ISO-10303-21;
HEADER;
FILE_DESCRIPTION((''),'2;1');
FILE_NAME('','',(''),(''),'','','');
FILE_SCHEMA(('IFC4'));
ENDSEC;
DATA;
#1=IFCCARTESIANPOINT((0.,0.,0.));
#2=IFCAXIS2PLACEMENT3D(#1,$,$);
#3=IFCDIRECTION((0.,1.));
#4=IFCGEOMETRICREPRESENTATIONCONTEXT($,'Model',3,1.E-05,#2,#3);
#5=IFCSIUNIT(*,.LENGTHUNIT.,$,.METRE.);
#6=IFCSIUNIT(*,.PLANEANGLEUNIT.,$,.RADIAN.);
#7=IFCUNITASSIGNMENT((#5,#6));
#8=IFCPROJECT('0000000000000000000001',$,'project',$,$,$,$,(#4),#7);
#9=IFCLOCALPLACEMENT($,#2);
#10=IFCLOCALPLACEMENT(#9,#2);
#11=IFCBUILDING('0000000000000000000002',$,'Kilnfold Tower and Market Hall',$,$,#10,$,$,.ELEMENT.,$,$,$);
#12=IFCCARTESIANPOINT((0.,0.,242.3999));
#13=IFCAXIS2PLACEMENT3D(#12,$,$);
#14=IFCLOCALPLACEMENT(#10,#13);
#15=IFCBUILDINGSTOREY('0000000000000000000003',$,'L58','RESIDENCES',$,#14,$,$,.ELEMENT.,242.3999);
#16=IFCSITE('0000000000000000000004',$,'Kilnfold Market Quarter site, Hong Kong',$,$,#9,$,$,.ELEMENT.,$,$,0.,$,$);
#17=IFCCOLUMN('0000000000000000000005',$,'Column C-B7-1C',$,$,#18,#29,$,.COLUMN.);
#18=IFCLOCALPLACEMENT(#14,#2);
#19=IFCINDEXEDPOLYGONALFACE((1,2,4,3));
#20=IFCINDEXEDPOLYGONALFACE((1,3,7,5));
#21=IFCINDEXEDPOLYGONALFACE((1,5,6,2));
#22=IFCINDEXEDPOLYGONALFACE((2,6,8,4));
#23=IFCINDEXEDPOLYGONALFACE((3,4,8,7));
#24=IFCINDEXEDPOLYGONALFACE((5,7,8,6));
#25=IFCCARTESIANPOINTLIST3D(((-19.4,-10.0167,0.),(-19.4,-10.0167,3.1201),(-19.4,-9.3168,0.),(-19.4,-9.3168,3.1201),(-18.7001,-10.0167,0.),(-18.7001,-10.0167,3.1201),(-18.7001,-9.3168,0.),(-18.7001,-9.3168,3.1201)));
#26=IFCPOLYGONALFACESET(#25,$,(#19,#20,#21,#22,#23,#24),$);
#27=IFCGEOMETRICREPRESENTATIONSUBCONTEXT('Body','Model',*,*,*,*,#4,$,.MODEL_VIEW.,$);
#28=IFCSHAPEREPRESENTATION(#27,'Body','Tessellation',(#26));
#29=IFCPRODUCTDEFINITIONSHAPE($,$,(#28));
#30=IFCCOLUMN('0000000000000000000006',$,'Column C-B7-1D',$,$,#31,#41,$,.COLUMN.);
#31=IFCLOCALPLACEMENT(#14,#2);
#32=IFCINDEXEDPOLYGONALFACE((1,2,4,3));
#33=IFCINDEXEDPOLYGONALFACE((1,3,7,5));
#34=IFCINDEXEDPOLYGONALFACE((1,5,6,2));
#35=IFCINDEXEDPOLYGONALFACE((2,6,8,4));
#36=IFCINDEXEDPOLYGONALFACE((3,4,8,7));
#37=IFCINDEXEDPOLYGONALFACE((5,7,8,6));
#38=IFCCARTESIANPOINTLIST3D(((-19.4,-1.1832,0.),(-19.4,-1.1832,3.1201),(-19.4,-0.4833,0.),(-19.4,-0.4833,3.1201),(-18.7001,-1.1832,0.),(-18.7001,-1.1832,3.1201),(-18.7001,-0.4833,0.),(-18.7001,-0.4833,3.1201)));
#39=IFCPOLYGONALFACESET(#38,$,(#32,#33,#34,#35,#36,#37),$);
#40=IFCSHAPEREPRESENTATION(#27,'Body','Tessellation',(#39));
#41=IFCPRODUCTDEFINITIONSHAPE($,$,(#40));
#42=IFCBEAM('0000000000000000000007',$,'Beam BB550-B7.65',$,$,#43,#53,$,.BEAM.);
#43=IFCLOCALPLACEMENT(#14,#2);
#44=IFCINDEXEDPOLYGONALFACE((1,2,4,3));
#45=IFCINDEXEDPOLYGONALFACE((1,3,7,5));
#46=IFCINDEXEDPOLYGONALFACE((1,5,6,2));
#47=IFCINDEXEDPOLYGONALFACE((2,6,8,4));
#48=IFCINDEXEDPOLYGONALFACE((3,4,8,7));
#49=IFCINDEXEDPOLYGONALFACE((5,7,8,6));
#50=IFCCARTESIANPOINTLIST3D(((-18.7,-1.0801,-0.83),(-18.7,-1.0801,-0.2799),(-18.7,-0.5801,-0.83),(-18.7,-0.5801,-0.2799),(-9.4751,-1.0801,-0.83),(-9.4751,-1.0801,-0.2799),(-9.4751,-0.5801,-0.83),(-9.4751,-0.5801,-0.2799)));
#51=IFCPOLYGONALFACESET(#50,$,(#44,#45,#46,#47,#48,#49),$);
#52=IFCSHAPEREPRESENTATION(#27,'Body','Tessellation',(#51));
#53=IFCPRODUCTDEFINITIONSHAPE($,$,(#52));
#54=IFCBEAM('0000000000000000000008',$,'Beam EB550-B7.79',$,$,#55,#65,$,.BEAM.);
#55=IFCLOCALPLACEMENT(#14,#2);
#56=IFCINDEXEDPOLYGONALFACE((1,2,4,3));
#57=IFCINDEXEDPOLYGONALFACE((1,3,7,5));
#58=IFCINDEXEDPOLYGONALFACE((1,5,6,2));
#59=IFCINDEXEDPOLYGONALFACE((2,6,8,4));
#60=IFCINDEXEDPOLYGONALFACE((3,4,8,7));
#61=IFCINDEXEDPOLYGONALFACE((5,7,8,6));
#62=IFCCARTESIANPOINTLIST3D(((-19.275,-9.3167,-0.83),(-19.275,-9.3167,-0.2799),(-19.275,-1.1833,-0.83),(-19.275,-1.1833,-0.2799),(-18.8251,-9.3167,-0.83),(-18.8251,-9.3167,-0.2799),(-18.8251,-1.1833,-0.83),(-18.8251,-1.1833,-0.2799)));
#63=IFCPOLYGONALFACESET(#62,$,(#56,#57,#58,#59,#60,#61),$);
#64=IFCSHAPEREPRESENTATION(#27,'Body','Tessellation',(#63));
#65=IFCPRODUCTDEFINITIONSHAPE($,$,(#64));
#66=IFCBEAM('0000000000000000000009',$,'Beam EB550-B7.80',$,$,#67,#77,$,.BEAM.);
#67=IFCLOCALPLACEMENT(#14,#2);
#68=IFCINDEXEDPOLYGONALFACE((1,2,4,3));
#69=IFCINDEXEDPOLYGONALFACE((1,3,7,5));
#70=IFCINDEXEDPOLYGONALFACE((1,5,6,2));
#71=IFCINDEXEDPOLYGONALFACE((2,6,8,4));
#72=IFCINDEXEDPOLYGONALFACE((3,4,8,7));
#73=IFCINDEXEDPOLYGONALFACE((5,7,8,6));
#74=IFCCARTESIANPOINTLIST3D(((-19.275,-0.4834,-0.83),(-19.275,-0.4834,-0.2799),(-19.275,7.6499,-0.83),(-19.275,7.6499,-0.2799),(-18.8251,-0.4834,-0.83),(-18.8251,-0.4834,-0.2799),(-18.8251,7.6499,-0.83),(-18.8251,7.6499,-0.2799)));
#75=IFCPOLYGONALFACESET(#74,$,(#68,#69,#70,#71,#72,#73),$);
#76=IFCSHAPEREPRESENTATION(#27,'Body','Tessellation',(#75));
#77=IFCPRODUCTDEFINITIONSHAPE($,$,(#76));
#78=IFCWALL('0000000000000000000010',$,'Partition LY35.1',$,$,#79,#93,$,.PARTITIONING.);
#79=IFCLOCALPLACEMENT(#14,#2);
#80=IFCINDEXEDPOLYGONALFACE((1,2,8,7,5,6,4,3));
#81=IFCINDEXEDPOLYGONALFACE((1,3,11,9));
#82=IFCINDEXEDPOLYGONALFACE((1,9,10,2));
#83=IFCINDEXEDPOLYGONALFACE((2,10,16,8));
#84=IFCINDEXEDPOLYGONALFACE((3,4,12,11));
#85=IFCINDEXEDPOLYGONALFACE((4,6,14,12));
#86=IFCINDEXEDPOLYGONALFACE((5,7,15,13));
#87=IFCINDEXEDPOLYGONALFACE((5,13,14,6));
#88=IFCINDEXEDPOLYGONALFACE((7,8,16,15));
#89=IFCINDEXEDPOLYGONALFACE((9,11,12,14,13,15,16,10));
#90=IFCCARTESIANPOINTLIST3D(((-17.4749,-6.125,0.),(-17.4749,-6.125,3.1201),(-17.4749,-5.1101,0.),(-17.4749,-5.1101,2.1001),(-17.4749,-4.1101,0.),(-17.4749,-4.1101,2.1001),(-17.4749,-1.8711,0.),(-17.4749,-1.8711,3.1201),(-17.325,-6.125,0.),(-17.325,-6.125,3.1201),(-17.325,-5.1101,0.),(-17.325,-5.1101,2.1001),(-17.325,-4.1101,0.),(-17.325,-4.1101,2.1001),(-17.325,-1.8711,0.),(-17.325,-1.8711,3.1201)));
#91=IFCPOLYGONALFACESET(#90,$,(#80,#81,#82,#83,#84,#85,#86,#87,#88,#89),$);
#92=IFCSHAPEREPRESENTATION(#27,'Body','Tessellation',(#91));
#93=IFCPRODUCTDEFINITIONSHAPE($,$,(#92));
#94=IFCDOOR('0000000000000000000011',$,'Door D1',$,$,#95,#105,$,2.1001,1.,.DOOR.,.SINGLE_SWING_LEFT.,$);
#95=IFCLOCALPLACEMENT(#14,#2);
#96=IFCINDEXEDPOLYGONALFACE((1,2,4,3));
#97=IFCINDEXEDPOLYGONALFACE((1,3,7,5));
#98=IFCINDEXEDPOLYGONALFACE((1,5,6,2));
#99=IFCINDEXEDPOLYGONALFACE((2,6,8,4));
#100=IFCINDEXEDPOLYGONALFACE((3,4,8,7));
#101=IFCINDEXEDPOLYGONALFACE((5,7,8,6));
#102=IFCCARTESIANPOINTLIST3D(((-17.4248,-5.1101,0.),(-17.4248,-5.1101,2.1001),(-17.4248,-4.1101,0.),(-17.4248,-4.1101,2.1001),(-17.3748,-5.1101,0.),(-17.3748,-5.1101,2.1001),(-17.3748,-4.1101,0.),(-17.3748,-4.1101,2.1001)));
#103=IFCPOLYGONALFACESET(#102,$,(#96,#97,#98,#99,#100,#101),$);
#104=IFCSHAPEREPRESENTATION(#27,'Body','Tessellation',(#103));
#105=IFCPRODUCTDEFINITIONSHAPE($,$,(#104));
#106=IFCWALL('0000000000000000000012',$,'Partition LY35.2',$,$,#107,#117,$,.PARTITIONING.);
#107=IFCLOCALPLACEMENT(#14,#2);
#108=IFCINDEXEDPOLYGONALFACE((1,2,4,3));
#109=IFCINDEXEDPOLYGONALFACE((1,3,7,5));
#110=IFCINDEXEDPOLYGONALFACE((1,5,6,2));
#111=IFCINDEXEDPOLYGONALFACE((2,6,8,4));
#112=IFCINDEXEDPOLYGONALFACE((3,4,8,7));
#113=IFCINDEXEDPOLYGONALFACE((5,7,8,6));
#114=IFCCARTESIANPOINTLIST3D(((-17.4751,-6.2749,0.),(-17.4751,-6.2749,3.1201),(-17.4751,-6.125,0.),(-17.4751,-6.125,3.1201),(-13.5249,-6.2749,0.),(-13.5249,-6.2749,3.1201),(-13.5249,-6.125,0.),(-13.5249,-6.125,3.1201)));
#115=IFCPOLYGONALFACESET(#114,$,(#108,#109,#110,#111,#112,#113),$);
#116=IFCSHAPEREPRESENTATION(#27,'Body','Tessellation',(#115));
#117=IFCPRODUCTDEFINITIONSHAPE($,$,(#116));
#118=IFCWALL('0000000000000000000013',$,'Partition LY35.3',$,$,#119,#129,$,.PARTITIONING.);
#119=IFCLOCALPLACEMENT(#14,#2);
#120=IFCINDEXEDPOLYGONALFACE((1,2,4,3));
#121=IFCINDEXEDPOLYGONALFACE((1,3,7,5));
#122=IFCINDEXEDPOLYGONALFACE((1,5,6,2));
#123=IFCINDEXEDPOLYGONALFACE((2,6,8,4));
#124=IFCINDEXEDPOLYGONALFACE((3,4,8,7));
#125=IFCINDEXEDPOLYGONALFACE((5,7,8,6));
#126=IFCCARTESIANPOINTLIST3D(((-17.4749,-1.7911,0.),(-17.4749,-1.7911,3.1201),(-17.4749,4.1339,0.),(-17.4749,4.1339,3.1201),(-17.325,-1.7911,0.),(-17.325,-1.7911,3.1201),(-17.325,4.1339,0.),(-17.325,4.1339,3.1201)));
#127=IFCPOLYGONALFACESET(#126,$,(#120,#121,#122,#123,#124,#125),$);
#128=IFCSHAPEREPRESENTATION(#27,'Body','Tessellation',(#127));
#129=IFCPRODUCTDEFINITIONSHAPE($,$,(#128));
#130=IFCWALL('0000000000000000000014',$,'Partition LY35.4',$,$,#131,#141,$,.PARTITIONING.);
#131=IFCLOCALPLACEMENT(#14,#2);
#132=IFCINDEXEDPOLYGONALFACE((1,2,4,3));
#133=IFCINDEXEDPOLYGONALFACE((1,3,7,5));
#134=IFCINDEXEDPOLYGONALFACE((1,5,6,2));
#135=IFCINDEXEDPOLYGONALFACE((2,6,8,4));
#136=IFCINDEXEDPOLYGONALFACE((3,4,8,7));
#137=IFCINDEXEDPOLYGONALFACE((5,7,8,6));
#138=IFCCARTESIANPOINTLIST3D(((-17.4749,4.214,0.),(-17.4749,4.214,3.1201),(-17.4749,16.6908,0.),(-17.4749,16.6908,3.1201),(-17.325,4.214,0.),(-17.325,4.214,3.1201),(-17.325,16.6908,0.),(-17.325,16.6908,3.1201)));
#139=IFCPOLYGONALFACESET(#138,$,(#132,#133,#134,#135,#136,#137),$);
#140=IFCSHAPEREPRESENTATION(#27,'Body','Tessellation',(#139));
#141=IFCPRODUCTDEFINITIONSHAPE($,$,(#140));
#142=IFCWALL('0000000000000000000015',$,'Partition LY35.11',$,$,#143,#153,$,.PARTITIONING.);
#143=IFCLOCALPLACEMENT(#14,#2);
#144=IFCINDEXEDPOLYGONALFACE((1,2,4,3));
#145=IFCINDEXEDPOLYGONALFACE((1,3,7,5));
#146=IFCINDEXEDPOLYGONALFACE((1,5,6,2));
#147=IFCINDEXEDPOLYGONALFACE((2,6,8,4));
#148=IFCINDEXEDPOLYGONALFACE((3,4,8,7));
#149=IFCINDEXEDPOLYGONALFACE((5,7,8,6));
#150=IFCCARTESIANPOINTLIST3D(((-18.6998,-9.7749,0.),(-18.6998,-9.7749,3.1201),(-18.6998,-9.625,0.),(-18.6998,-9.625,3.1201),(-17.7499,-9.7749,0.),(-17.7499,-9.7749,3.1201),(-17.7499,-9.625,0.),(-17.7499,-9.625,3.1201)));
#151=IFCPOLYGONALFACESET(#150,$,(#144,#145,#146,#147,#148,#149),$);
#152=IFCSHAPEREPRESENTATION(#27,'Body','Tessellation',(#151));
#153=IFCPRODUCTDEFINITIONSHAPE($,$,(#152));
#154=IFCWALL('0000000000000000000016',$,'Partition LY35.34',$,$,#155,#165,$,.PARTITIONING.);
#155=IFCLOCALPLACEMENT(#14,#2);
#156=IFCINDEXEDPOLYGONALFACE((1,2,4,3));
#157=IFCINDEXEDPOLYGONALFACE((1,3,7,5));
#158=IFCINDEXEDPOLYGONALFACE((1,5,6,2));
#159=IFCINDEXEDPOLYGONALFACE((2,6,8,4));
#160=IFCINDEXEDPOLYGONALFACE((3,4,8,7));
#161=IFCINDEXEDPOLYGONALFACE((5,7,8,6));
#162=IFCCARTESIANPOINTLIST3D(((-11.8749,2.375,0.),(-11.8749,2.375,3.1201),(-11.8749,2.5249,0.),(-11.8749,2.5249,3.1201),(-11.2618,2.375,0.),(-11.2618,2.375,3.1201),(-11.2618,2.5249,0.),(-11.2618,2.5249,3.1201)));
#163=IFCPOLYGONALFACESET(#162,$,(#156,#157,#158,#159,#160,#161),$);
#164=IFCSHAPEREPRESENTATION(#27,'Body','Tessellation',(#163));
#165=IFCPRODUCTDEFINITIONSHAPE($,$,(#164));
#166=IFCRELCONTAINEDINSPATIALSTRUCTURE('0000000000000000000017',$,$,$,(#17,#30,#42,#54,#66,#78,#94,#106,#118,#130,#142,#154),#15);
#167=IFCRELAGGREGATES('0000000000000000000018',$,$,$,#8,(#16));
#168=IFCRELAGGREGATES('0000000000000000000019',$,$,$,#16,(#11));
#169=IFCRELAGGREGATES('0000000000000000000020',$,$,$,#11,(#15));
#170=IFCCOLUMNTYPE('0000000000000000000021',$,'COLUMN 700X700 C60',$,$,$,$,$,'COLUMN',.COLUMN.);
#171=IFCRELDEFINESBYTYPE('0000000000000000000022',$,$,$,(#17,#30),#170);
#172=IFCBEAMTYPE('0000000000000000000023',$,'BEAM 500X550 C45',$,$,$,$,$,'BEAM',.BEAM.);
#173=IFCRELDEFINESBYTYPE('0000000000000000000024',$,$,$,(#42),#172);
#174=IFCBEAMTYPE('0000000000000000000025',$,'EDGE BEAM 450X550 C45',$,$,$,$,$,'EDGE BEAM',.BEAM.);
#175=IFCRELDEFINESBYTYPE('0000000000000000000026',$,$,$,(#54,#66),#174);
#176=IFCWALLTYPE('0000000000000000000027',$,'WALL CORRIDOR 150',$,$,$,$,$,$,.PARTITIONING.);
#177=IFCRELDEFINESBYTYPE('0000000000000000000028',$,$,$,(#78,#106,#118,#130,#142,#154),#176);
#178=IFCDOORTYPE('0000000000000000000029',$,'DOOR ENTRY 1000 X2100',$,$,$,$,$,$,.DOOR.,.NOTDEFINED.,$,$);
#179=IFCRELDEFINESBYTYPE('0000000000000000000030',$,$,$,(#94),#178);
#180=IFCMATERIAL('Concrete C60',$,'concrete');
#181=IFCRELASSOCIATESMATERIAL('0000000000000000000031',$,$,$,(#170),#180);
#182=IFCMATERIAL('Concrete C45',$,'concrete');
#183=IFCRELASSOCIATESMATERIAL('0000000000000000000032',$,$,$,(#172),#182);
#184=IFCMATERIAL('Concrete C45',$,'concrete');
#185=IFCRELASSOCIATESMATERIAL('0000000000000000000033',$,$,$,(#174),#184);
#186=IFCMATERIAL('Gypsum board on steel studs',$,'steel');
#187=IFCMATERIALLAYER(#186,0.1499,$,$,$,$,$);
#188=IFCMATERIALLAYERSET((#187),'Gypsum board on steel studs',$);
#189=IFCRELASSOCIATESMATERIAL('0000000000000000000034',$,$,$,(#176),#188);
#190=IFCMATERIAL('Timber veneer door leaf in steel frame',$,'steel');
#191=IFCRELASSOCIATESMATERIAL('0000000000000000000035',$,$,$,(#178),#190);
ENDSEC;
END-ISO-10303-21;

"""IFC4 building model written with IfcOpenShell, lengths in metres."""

from ifc_helpers import new_model, si_unit, direction, frame, frame_2d, origin, origin_2d, place, context, subcontext, project, spatial, rectangle, extrude, source, transform, mapped, material, layer, layer_set, material_profile, profile_set, type_object, element, fill, save


model = new_model("IFC4")

# Units and contexts
model_context = context("Model", 3, precision=1e-05, world=origin(), true_north=direction((0.0, 1.0)))
body_context = subcontext(model_context, "Body", "Model", "MODEL_VIEW")
ifc_project = project(units=[si_unit("LENGTHUNIT", "METRE"), si_unit("PLANEANGLEUNIT", "RADIAN")], contexts=[model_context])

# Site, building, storey
site_placement = place(None, origin())
site = spatial("IfcSite", under=ifc_project, at=site_placement, Name="Kilnfold Market Quarter site, Hong Kong", CompositionType="ELEMENT", RefElevation=0.0)
building_placement = place(site_placement, origin())
building = spatial("IfcBuilding", under=site, at=building_placement, Name="Kilnfold Tower and Market Hall", CompositionType="ELEMENT")
storey_placement = place(building_placement, frame((0.0, 0.0, 242.3999)))
storey = spatial("IfcBuildingStorey", under=building, at=storey_placement, Name="L58", Description="RESIDENCES", CompositionType="ELEMENT", Elevation=242.3999)

# Columns
ifc_material_1 = material(Name="Concrete C60", Category="concrete")
ifc_material_profile_1 = material_profile(ifc_material_1, rectangle(XDim=0.7, YDim=0.7, at=origin_2d()), Name="RC 700x700")
ifc_profile_set_1 = profile_set([ifc_material_profile_1], Name="Concrete C60")
column_type = type_object("IfcColumnType", Name="COLUMN 700X700 C60", ElementType="COLUMN", PredefinedType="COLUMN", material=ifc_profile_set_1)
shared_shape_1 = source(origin(), body_context, "Body", "SweptSolid", [
    extrude(rectangle(XDim=0.7, YDim=0.7, at=origin_2d()), origin(), (0.0, 0.0, 1.0), 3.1201),
])
for number, where, z_axis, x_axis, name in (
    (1, (-19.05, -9.6667, 0.0), (0.0, 0.0, 1.0), (1.0, 0.0, 0.0), "Column C-B7-1C"),
    (2, (-19.05, -0.8333, 0.0), (0.0, 0.0, 1.0), (1.0, 0.0, 0.0), "Column C-B7-1D"),
):
    element("IfcColumn", number, at=place(storey_placement, frame(where, z_axis=z_axis, x_axis=x_axis)), inside=storey, type_object=column_type, Name=name, PredefinedType="COLUMN", context=body_context, shape_type="MappedRepresentation", body=[
        mapped(shared_shape_1, transform((0.0, 0.0, 0.0))),
    ])

# Beams
ifc_material_2 = material(Name="Concrete C45", Category="concrete")
ifc_material_profile_2 = material_profile(ifc_material_2, rectangle(XDim=0.5, YDim=0.55, at=origin_2d()), Name="RC 500x550")
ifc_profile_set_2 = profile_set([ifc_material_profile_2], Name="Concrete C45")
beam_type_1 = type_object("IfcBeamType", Name="BEAM 500X550 C45", ElementType="BEAM", PredefinedType="BEAM", material=ifc_profile_set_2)
shared_shape_2 = source(origin(), body_context, "Body", "SweptSolid", [
    extrude(rectangle(XDim=0.5, YDim=0.55, at=origin_2d()), origin(), (0.0, 0.0, 1.0), 9.2249),
])
beam_placement = place(storey_placement, frame((-18.7, -0.8301, -0.5549), z_axis=(1.0, 0.0, 0.0), x_axis=(0.0, 1.0, 0.0)))
element("IfcBeam", 3, at=beam_placement, inside=storey, type_object=beam_type_1, Name="Beam BB550-B7.65", PredefinedType="BEAM", context=body_context, shape_type="MappedRepresentation", body=[
    mapped(shared_shape_2, transform((0.0, 0.0, 0.0))),
])
ifc_material_3 = material(Name="Concrete C45", Category="concrete")
ifc_material_profile_3 = material_profile(ifc_material_3, rectangle(XDim=0.45, YDim=0.55, at=origin_2d()), Name="RC 450x550")
ifc_profile_set_3 = profile_set([ifc_material_profile_3], Name="Concrete C45")
beam_type_2 = type_object("IfcBeamType", Name="EDGE BEAM 450X550 C45", ElementType="EDGE BEAM", PredefinedType="BEAM", material=ifc_profile_set_3)
shared_shape_3 = source(origin(), body_context, "Body", "SweptSolid", [
    extrude(rectangle(XDim=0.45, YDim=0.55, at=origin_2d()), origin(), (0.0, 0.0, 1.0), 8.1333),
])
for number, where, z_axis, x_axis, name in (
    (4, (-19.05, -9.3167, -0.5549), (0.0, 1.0, 0.0), (-1.0, 0.0, 0.0), "Beam EB550-B7.79"),
    (5, (-19.05, -0.4834, -0.5549), (0.0, 1.0, 0.0), (-1.0, 0.0, 0.0), "Beam EB550-B7.80"),
):
    element("IfcBeam", number, at=place(storey_placement, frame(where, z_axis=z_axis, x_axis=x_axis)), inside=storey, type_object=beam_type_2, Name=name, PredefinedType="BEAM", context=body_context, shape_type="MappedRepresentation", body=[
        mapped(shared_shape_3, transform((0.0, 0.0, 0.0))),
    ])

# Wall, opening, door
ifc_material_4 = material(Name="Gypsum board on steel studs", Category="steel")
ifc_layer_1 = layer(ifc_material_4, 0.1499)
ifc_layer_set_1 = layer_set([ifc_layer_1], Name="Gypsum board on steel studs")
wall_type_1 = type_object("IfcWallType", Name="WALL CORRIDOR 150", PredefinedType="PARTITIONING", material=ifc_layer_set_1)
wall_1_placement = place(storey_placement, frame((-17.3999, -6.125, 0.0), z_axis=(0.0, 0.0, 1.0), x_axis=(0.0, 1.0, 0.0)))
wall_1 = element("IfcWall", 6, at=wall_1_placement, inside=storey, type_object=wall_type_1, Name="Partition LY35.1", PredefinedType="PARTITIONING", context=body_context, shape_type="SweptSolid", body=[
    extrude(rectangle(XDim=4.2539, YDim=0.1499, at=frame_2d((2.127, 0.0))), origin(), (0.0, 0.0, 1.0), 3.1201),
])
opening_1_placement = place(wall_1_placement, frame((1.0149, 0.0, 0.0)))
opening_1 = element("IfcOpeningElement", 7, at=opening_1_placement, cuts=wall_1, PredefinedType="OPENING", context=body_context, shape_type="SweptSolid", body=[
    extrude(rectangle(XDim=1.0, YDim=2.1001, at=frame_2d((0.5, 1.05))), frame((0.0, 0.085, 0.0), z_axis=(0.0, -1.0, 0.0), x_axis=(1.0, 0.0, 0.0)), (0.0, 0.0, 1.0), 0.1699),
])
ifc_material_5 = material(Name="Timber veneer door leaf in steel frame", Category="steel")
door_type_1 = type_object("IfcDoorType", Name="DOOR ENTRY 1000 X2100", OperationType="NOTDEFINED", PredefinedType="DOOR", material=ifc_material_5)
door_1_placement = place(opening_1_placement, origin())
door_1 = element("IfcDoor", 8, at=door_1_placement, inside=storey, type_object=door_type_1, Name="Door D1", OperationType="SINGLE_SWING_LEFT", OverallHeight=2.1001, OverallWidth=1.0, PredefinedType="DOOR", context=body_context, shape_type="SweptSolid", body=[
    extrude(rectangle(XDim=1.0, YDim=2.1001, at=frame_2d((0.5, 1.05))), frame((0.0, 0.0249, 0.0), z_axis=(0.0, -1.0, 0.0), x_axis=(1.0, 0.0, 0.0)), (0.0, 0.0, 1.0), 0.05),
])
fill(opening_1, door_1)

# Walls
wall_2_placement = place(storey_placement, frame((-17.4751, -6.2, 0.0), z_axis=(0.0, 0.0, 1.0), x_axis=(1.0, 0.0, 0.0)))
element("IfcWall", 9, at=wall_2_placement, inside=storey, type_object=wall_type_1, Name="Partition LY35.2", PredefinedType="PARTITIONING", context=body_context, shape_type="SweptSolid", body=[
    extrude(rectangle(XDim=3.9502, YDim=0.1499, at=frame_2d((1.9751, 0.0))), origin(), (0.0, 0.0, 1.0), 3.1201),
])
wall_3_placement = place(storey_placement, frame((-17.3999, -1.791, 0.0), z_axis=(0.0, 0.0, 1.0), x_axis=(0.0, 1.0, 0.0)))
element("IfcWall", 10, at=wall_3_placement, inside=storey, type_object=wall_type_1, Name="Partition LY35.3", PredefinedType="PARTITIONING", context=body_context, shape_type="SweptSolid", body=[
    extrude(rectangle(XDim=5.925, YDim=0.1499, at=frame_2d((2.9624, 0.0))), origin(), (0.0, 0.0, 1.0), 3.1201),
])
wall_4_placement = place(storey_placement, frame((-17.3999, 4.2141, 0.0), z_axis=(0.0, 0.0, 1.0), x_axis=(0.0, 1.0, 0.0)))
element("IfcWall", 11, at=wall_4_placement, inside=storey, type_object=wall_type_1, Name="Partition LY35.4", PredefinedType="PARTITIONING", context=body_context, shape_type="SweptSolid", body=[
    extrude(rectangle(XDim=12.4768, YDim=0.1499, at=frame_2d((6.2383, 0.0))), origin(), (0.0, 0.0, 1.0), 3.1201),
])
wall_5_placement = place(storey_placement, frame((-18.7, -9.7, 0.0), z_axis=(0.0, 0.0, 1.0), x_axis=(1.0, 0.0, 0.0)))
element("IfcWall", 12, at=wall_5_placement, inside=storey, type_object=wall_type_1, Name="Partition LY35.11", PredefinedType="PARTITIONING", context=body_context, shape_type="SweptSolid", body=[
    extrude(rectangle(XDim=0.95, YDim=0.1499, at=frame_2d((0.4751, 0.0))), origin(), (0.0, 0.0, 1.0), 3.1201),
])
wall_6_placement = place(storey_placement, frame((-11.875, 2.45, 0.0), z_axis=(0.0, 0.0, 1.0), x_axis=(1.0, 0.0, 0.0)))
element("IfcWall", 13, at=wall_6_placement, inside=storey, type_object=wall_type_1, Name="Partition LY35.34", PredefinedType="PARTITIONING", context=body_context, shape_type="SweptSolid", body=[
    extrude(rectangle(XDim=0.613, YDim=0.1499, at=frame_2d((0.3066, 0.0))), origin(), (0.0, 0.0, 1.0), 3.1201),
])

save(model, "model.ifc")
